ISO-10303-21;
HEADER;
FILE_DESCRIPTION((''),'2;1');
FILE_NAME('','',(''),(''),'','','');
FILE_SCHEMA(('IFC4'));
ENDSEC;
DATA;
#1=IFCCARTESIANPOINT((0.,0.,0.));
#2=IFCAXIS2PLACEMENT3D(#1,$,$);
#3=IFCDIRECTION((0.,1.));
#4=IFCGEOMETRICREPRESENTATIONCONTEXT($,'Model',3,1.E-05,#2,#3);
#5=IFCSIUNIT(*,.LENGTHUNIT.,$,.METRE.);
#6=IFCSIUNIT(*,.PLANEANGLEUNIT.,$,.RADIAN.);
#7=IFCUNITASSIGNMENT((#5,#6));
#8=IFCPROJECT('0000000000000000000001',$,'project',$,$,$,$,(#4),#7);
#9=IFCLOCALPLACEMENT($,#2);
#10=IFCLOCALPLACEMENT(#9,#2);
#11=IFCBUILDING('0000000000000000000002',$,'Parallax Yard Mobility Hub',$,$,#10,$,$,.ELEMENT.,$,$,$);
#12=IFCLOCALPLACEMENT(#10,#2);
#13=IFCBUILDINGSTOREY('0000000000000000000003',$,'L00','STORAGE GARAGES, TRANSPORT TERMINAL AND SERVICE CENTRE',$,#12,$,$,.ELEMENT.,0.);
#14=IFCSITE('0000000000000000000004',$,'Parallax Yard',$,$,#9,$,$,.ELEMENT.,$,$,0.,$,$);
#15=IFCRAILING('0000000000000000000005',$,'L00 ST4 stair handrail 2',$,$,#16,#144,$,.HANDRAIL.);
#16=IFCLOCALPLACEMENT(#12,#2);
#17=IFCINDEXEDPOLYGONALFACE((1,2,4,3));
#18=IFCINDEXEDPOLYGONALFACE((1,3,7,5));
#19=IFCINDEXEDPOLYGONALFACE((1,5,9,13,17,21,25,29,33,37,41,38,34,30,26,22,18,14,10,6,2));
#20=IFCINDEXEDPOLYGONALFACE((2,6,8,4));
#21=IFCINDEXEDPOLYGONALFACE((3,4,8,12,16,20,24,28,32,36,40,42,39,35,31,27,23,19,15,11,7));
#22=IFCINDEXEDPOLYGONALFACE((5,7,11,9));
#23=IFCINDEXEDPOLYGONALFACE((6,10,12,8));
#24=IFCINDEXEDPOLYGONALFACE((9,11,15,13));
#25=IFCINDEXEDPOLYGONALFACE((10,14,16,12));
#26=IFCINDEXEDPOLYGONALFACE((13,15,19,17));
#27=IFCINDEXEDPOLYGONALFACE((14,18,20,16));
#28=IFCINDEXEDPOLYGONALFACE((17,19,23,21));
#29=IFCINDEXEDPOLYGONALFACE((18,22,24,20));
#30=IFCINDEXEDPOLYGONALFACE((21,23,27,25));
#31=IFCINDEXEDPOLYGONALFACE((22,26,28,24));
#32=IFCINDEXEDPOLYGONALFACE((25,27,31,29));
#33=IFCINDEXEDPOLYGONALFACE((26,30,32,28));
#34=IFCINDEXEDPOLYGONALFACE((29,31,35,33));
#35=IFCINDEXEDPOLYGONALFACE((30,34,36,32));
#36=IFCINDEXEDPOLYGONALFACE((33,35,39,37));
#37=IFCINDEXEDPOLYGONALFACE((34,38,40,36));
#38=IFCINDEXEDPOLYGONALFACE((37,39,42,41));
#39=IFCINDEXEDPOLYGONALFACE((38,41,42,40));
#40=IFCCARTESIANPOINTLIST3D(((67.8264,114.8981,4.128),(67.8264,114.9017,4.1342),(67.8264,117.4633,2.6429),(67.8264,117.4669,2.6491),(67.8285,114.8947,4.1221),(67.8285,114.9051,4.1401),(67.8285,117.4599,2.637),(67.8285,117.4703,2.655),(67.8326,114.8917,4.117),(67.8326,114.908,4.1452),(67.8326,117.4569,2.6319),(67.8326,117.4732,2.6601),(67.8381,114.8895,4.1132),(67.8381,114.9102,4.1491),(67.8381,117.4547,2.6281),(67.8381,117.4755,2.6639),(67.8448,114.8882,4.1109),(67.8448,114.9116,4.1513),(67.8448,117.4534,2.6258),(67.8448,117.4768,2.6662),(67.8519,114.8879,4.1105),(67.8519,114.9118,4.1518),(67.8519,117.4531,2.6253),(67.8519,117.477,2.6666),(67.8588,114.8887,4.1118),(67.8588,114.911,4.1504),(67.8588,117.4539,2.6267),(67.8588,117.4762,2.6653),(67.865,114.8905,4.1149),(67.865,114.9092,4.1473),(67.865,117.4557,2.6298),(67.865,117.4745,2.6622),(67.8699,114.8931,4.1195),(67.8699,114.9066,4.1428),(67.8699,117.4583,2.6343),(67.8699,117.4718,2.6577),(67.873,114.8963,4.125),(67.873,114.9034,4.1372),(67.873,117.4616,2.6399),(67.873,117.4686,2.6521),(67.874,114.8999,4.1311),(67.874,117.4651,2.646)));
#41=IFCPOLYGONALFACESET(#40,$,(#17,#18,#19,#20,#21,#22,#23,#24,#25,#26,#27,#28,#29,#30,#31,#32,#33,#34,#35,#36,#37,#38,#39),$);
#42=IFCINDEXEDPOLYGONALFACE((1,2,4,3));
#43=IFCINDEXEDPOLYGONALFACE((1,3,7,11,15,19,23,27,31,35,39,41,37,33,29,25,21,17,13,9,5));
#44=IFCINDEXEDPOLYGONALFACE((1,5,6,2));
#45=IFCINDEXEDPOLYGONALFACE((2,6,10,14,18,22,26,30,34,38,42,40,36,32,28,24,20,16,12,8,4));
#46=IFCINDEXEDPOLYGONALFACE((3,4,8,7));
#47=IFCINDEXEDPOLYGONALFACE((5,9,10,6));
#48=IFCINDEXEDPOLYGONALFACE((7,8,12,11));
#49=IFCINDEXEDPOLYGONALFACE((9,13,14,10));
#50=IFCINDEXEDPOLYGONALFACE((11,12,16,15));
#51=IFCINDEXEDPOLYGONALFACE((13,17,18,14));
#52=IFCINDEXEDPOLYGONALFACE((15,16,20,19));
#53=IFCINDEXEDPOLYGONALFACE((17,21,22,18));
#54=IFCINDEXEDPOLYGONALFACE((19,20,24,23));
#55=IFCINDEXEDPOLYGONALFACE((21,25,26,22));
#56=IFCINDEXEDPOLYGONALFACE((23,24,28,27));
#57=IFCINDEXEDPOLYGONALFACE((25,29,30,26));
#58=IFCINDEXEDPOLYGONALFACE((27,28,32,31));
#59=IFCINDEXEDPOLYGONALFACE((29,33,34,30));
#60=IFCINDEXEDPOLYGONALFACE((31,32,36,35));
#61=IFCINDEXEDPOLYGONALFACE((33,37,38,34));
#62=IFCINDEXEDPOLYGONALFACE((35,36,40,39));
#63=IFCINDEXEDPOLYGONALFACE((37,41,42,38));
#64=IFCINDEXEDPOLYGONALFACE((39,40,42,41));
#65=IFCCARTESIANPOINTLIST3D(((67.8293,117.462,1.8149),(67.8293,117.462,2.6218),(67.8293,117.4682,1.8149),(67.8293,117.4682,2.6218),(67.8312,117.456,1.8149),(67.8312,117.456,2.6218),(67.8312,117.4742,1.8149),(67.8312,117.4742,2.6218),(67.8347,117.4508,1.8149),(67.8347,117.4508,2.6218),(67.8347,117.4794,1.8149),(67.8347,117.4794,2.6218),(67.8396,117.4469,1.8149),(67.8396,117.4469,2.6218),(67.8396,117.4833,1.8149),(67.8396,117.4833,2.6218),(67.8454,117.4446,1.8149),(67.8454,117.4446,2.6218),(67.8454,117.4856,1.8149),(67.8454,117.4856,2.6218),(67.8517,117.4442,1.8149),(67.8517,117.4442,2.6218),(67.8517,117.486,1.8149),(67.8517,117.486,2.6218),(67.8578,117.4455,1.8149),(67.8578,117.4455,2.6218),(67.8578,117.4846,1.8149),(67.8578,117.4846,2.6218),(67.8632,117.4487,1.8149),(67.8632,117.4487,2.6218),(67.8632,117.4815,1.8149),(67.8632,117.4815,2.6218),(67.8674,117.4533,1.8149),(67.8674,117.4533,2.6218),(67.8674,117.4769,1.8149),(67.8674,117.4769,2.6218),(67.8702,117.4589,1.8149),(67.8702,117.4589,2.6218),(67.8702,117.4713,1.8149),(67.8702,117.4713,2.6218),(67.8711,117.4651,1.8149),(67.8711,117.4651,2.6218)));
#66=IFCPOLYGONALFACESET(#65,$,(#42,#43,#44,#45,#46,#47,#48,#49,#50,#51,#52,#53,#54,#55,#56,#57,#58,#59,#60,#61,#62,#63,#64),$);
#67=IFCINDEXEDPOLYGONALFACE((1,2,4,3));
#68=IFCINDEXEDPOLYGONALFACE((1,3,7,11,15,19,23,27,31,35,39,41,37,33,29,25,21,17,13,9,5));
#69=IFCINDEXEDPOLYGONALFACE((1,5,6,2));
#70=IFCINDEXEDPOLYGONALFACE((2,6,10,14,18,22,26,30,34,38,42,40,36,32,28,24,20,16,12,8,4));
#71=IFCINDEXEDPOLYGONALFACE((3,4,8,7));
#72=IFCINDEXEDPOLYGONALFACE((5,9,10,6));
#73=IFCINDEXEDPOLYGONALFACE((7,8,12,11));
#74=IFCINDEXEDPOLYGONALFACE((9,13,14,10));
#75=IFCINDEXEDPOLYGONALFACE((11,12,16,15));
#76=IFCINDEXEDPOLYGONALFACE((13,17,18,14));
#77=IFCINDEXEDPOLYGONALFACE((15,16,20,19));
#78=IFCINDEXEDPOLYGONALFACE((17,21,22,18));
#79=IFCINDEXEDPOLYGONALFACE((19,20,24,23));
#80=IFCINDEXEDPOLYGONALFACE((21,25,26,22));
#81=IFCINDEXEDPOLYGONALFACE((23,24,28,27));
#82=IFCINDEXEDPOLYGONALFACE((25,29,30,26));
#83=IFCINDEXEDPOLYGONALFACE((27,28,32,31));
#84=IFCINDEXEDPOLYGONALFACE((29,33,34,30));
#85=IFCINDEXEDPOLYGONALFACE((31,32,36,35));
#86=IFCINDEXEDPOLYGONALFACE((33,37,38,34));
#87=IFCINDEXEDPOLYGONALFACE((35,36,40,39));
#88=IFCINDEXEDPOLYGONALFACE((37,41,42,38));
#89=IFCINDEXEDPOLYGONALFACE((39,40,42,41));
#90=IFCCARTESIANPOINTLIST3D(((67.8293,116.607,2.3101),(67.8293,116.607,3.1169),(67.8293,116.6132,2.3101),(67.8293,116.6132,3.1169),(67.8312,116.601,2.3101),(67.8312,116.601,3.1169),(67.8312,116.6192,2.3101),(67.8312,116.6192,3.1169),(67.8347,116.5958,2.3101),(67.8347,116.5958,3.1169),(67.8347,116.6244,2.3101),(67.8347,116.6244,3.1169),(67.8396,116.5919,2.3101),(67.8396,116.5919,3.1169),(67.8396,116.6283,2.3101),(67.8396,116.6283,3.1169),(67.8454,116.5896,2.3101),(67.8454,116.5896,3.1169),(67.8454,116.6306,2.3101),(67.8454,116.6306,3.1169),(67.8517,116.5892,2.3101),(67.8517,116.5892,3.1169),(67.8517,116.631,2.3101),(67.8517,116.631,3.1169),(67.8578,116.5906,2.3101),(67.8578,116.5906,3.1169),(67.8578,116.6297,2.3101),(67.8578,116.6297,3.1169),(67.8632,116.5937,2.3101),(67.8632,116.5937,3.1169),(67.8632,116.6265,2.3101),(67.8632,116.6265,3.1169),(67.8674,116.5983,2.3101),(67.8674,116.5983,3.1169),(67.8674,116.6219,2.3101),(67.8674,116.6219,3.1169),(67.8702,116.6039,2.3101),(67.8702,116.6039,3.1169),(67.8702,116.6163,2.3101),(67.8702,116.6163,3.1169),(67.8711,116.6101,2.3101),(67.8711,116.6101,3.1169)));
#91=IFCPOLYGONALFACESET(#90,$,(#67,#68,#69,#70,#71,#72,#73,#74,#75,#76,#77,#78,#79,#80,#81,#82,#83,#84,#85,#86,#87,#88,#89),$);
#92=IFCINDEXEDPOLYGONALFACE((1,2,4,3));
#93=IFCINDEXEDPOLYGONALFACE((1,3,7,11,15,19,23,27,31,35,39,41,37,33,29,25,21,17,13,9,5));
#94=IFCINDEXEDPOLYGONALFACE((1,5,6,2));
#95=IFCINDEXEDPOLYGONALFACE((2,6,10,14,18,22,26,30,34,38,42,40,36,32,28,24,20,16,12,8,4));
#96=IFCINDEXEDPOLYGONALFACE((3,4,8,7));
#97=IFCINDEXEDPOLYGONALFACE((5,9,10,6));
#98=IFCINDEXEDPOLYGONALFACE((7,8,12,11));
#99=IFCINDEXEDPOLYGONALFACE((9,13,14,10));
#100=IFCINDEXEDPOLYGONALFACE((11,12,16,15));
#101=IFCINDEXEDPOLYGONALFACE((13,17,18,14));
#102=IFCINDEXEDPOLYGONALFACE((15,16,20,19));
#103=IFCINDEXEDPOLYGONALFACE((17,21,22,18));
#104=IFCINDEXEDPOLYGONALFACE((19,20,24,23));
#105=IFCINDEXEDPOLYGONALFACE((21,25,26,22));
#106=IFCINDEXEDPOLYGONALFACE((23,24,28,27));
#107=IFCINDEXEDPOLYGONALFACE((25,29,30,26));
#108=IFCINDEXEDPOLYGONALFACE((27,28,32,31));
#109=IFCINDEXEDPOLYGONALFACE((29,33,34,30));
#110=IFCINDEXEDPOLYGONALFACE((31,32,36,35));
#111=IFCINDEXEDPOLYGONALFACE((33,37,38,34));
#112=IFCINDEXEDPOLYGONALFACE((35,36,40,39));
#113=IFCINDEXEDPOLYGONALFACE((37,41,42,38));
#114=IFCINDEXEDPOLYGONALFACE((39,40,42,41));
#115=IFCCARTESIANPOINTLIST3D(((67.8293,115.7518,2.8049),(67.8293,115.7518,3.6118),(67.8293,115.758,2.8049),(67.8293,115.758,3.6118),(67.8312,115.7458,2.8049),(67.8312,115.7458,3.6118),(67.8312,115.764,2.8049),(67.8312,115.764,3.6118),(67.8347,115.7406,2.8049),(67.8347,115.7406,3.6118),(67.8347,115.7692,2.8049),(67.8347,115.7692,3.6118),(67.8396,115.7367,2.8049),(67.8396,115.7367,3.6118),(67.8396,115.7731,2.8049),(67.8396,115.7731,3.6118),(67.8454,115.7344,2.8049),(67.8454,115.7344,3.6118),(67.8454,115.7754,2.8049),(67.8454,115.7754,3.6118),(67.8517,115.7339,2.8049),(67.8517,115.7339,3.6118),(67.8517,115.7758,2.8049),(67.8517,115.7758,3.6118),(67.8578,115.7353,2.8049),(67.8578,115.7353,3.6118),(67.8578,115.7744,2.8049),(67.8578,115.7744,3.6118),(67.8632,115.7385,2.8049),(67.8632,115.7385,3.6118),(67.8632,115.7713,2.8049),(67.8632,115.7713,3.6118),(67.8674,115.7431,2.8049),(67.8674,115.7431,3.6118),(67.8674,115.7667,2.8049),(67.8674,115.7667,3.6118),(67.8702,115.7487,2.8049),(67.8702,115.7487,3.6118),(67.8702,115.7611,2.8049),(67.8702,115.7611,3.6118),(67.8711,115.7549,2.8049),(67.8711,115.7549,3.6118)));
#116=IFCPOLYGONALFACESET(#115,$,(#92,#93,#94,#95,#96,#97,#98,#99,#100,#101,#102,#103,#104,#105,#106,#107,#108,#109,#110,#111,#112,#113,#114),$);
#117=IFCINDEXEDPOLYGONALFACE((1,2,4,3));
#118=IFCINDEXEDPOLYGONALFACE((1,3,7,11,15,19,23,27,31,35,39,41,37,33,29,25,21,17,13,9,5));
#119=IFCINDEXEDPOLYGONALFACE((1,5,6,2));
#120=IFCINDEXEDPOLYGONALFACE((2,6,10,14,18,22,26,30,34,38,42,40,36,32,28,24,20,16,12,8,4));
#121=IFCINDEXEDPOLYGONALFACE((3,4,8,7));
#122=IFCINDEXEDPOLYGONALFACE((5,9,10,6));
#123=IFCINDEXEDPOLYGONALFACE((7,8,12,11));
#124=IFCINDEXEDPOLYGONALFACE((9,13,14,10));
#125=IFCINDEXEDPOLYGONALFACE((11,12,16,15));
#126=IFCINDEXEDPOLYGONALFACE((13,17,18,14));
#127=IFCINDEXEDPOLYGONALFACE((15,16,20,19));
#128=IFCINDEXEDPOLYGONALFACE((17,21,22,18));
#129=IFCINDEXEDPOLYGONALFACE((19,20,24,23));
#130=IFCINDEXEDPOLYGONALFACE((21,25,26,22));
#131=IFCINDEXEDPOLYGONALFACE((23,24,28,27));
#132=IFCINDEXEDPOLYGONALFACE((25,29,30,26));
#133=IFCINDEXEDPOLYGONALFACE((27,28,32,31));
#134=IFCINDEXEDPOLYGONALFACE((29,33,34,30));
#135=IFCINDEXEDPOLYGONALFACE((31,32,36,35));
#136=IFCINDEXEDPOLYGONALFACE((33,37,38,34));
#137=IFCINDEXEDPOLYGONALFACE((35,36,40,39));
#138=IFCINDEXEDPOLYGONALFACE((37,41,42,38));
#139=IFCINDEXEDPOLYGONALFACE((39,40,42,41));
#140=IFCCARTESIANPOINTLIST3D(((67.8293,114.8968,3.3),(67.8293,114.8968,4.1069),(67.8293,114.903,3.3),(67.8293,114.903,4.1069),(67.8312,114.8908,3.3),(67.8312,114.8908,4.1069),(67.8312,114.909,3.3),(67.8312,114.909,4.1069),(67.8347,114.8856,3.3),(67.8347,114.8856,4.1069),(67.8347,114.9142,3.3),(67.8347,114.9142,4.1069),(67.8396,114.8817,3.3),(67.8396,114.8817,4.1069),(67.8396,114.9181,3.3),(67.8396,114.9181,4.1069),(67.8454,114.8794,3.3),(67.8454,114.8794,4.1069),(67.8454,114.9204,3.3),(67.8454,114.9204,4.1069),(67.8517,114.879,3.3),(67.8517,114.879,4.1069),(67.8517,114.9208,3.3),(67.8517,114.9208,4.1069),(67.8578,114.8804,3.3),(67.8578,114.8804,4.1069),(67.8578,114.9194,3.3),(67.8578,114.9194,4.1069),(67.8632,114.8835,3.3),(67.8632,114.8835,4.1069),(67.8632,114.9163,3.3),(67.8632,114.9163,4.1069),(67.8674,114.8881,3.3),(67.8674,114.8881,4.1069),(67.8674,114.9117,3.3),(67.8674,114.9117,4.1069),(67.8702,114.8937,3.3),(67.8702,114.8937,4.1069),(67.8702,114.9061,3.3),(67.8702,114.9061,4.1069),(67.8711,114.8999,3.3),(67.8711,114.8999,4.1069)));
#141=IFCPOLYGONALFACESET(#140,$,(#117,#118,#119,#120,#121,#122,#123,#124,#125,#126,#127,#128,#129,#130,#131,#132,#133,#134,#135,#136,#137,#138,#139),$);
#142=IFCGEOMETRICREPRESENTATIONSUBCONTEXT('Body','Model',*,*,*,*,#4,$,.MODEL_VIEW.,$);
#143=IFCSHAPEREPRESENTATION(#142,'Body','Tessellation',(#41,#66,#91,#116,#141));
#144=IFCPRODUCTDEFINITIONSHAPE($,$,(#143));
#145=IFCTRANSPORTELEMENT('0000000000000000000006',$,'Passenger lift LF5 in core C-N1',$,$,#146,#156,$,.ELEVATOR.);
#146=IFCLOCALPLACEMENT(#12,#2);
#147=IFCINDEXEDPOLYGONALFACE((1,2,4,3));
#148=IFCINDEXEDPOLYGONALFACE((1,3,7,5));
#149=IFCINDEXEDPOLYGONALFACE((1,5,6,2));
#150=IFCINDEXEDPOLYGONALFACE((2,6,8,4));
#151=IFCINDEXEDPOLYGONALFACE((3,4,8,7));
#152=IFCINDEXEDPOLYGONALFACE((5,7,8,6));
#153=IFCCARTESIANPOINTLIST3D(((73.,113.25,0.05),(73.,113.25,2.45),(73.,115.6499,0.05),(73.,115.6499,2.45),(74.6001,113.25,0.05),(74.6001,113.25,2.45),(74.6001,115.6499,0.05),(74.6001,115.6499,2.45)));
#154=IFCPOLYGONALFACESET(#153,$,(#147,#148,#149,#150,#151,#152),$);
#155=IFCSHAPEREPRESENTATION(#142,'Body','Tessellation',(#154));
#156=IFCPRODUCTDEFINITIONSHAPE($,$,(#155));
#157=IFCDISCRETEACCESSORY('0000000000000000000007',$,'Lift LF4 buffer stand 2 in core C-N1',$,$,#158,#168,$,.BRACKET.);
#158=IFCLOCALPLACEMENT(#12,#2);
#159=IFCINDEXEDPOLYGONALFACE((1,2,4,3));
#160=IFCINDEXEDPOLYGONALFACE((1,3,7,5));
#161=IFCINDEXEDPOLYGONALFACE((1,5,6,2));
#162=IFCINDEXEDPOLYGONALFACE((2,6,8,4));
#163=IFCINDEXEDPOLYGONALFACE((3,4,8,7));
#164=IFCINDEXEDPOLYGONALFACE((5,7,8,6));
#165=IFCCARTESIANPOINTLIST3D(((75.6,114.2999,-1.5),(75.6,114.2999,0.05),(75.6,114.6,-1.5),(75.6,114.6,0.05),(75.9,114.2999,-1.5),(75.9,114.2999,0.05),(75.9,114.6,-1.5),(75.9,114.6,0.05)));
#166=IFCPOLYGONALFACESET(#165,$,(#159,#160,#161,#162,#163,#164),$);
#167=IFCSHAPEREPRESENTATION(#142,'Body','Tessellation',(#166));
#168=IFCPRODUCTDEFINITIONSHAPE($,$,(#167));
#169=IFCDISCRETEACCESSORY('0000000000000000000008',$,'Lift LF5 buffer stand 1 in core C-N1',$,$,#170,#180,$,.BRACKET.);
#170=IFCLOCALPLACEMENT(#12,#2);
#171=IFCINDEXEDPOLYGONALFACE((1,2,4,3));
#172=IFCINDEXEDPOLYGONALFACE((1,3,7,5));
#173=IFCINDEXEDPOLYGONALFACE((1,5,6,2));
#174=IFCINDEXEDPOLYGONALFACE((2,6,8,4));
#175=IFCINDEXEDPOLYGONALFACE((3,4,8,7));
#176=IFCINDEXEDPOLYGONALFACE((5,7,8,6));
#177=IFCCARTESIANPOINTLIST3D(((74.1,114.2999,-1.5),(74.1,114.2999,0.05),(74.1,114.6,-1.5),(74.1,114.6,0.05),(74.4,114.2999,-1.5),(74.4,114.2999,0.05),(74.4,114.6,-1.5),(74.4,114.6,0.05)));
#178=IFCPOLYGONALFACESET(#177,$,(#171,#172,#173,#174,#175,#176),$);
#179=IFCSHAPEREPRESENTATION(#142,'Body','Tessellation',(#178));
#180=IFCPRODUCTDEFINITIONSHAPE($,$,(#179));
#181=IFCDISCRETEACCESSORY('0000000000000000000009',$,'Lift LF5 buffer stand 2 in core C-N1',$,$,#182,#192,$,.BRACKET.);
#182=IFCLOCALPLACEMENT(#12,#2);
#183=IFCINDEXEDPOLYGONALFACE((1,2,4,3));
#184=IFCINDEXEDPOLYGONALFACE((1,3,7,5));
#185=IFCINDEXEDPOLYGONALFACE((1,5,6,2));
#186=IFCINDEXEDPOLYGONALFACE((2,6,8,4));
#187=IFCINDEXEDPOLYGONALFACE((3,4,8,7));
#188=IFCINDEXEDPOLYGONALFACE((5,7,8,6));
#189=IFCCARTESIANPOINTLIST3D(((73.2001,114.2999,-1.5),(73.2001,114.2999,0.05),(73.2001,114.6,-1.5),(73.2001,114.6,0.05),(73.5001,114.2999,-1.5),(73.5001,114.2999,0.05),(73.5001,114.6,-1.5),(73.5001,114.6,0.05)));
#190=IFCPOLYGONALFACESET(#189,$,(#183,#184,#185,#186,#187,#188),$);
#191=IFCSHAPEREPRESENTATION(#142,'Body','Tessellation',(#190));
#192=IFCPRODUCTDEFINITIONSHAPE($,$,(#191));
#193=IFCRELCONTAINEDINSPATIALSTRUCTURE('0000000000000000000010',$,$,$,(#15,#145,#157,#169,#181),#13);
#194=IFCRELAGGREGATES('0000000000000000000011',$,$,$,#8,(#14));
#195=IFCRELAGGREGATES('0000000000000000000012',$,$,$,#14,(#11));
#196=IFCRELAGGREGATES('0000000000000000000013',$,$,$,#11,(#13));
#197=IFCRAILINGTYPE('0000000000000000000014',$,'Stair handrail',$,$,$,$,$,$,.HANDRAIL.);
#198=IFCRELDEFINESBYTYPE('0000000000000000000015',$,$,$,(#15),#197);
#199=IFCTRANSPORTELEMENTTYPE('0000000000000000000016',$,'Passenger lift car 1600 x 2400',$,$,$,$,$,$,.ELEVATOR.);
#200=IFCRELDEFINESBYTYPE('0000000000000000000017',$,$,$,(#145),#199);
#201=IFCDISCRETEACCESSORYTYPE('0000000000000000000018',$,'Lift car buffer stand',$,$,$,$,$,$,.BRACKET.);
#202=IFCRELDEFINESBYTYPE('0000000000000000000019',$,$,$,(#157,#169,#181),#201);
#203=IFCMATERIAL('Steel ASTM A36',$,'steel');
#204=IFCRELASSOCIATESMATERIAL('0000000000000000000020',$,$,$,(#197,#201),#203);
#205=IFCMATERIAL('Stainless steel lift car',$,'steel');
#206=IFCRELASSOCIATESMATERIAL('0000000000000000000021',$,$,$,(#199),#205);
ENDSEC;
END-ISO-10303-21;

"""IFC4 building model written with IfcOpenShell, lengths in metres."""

from ifc_helpers import new_model, si_unit, direction, frame, origin, origin_2d, place, context, subcontext, project, spatial, rectangle, circle, extrude, material, type_object, element, save


model = new_model("IFC4")

# Units and contexts
model_context = context("Model", 3, precision=1e-05, world=origin(), true_north=direction((0.0, 1.0)))
body_context = subcontext(model_context, "Body", "Model", "MODEL_VIEW")
ifc_project = project(units=[si_unit("LENGTHUNIT", "METRE"), si_unit("PLANEANGLEUNIT", "RADIAN")], contexts=[model_context])

# Site, building, storey
site_placement = place(None, origin())
site = spatial("IfcSite", under=ifc_project, at=site_placement, Name="Parallax Yard", CompositionType="ELEMENT", RefElevation=0.0)
building_placement = place(site_placement, origin())
building = spatial("IfcBuilding", under=site, at=building_placement, Name="Parallax Yard Mobility Hub", CompositionType="ELEMENT")
storey_placement = place(building_placement, origin())
storey = spatial("IfcBuildingStorey", under=building, at=storey_placement, Name="L00", Description="STORAGE GARAGES, TRANSPORT TERMINAL AND SERVICE CENTRE", CompositionType="ELEMENT", Elevation=0.0)

# Railing
ifc_material_1 = material(Name="Steel ASTM A36", Category="steel")
railing_type_1 = type_object("IfcRailingType", Name="Stair handrail", PredefinedType="HANDRAIL", material=ifc_material_1)
railing_1_placement = place(storey_placement, frame((67.8501, 117.4651, 1.8149)))
element("IfcRailing", 1, at=railing_1_placement, inside=storey, type_object=railing_type_1, Name="L00 ST4 stair handrail 2", PredefinedType="HANDRAIL", context=body_context, shape_type="SweptSolid", body=[
    extrude(circle(Radius=0.0239, at=origin_2d()), frame((0.0, 0.0, 0.8311), z_axis=(0.0, -0.865426, 0.501036), x_axis=(1.0, 0.0, 0.0)), (0.0, 0.0, 1.0), 2.9641),
    extrude(circle(Radius=0.021, at=origin_2d()), origin(), (0.0, 0.0, 1.0), 0.8069),
    extrude(circle(Radius=0.021, at=origin_2d()), frame((0.0, -0.855, 0.4951)), (0.0, 0.0, 1.0), 0.8069),
    extrude(circle(Radius=0.021, at=origin_2d()), frame((0.0, -1.7102, 0.99)), (0.0, 0.0, 1.0), 0.8069),
    extrude(circle(Radius=0.021, at=origin_2d()), frame((0.0, -2.5652, 1.4851)), (0.0, 0.0, 1.0), 0.8069),
])

# Transport element
ifc_material_2 = material(Name="Stainless steel lift car", Category="steel")
transport_element_type = type_object("IfcTransportElementType", Name="Passenger lift car 1600 x 2400", PredefinedType="ELEVATOR", material=ifc_material_2)
transport_element_placement = place(storey_placement, frame((73.8, 114.45, 0.05), z_axis=(0.0, 0.0, 1.0), x_axis=(-1.0, 0.0, 0.0)))
element("IfcTransportElement", 2, at=transport_element_placement, inside=storey, type_object=transport_element_type, Name="Passenger lift LF5 in core C-N1", PredefinedType="ELEVATOR", context=body_context, shape_type="SweptSolid", body=[
    extrude(rectangle(XDim=1.6001, YDim=2.3999, at=origin_2d()), origin(), (0.0, 0.0, 1.0), 2.3999),
])

# Discrete accessories
discrete_accessory_type = type_object("IfcDiscreteAccessoryType", Name="Lift car buffer stand", PredefinedType="BRACKET", material=ifc_material_1)
for number, where, z_axis, x_axis, name in (
    (3, (75.75, 114.45, -1.5), (0.0, 0.0, 1.0), (-1.0, 0.0, 0.0), "Lift LF4 buffer stand 2 in core C-N1"),
    (4, (74.25, 114.45, -1.5), (0.0, 0.0, 1.0), (-1.0, 0.0, 0.0), "Lift LF5 buffer stand 1 in core C-N1"),
    (5, (73.3501, 114.45, -1.5), (0.0, 0.0, 1.0), (-1.0, 0.0, 0.0), "Lift LF5 buffer stand 2 in core C-N1"),
):
    element("IfcDiscreteAccessory", number, at=place(storey_placement, frame(where, z_axis=z_axis, x_axis=x_axis)), inside=storey, type_object=discrete_accessory_type, Name=name, PredefinedType="BRACKET", context=body_context, shape_type="SweptSolid", body=[
        extrude(rectangle(XDim=0.3, YDim=0.3, at=origin_2d()), origin(), (0.0, 0.0, 1.0), 1.55),
    ])

save(model, "model.ifc")
